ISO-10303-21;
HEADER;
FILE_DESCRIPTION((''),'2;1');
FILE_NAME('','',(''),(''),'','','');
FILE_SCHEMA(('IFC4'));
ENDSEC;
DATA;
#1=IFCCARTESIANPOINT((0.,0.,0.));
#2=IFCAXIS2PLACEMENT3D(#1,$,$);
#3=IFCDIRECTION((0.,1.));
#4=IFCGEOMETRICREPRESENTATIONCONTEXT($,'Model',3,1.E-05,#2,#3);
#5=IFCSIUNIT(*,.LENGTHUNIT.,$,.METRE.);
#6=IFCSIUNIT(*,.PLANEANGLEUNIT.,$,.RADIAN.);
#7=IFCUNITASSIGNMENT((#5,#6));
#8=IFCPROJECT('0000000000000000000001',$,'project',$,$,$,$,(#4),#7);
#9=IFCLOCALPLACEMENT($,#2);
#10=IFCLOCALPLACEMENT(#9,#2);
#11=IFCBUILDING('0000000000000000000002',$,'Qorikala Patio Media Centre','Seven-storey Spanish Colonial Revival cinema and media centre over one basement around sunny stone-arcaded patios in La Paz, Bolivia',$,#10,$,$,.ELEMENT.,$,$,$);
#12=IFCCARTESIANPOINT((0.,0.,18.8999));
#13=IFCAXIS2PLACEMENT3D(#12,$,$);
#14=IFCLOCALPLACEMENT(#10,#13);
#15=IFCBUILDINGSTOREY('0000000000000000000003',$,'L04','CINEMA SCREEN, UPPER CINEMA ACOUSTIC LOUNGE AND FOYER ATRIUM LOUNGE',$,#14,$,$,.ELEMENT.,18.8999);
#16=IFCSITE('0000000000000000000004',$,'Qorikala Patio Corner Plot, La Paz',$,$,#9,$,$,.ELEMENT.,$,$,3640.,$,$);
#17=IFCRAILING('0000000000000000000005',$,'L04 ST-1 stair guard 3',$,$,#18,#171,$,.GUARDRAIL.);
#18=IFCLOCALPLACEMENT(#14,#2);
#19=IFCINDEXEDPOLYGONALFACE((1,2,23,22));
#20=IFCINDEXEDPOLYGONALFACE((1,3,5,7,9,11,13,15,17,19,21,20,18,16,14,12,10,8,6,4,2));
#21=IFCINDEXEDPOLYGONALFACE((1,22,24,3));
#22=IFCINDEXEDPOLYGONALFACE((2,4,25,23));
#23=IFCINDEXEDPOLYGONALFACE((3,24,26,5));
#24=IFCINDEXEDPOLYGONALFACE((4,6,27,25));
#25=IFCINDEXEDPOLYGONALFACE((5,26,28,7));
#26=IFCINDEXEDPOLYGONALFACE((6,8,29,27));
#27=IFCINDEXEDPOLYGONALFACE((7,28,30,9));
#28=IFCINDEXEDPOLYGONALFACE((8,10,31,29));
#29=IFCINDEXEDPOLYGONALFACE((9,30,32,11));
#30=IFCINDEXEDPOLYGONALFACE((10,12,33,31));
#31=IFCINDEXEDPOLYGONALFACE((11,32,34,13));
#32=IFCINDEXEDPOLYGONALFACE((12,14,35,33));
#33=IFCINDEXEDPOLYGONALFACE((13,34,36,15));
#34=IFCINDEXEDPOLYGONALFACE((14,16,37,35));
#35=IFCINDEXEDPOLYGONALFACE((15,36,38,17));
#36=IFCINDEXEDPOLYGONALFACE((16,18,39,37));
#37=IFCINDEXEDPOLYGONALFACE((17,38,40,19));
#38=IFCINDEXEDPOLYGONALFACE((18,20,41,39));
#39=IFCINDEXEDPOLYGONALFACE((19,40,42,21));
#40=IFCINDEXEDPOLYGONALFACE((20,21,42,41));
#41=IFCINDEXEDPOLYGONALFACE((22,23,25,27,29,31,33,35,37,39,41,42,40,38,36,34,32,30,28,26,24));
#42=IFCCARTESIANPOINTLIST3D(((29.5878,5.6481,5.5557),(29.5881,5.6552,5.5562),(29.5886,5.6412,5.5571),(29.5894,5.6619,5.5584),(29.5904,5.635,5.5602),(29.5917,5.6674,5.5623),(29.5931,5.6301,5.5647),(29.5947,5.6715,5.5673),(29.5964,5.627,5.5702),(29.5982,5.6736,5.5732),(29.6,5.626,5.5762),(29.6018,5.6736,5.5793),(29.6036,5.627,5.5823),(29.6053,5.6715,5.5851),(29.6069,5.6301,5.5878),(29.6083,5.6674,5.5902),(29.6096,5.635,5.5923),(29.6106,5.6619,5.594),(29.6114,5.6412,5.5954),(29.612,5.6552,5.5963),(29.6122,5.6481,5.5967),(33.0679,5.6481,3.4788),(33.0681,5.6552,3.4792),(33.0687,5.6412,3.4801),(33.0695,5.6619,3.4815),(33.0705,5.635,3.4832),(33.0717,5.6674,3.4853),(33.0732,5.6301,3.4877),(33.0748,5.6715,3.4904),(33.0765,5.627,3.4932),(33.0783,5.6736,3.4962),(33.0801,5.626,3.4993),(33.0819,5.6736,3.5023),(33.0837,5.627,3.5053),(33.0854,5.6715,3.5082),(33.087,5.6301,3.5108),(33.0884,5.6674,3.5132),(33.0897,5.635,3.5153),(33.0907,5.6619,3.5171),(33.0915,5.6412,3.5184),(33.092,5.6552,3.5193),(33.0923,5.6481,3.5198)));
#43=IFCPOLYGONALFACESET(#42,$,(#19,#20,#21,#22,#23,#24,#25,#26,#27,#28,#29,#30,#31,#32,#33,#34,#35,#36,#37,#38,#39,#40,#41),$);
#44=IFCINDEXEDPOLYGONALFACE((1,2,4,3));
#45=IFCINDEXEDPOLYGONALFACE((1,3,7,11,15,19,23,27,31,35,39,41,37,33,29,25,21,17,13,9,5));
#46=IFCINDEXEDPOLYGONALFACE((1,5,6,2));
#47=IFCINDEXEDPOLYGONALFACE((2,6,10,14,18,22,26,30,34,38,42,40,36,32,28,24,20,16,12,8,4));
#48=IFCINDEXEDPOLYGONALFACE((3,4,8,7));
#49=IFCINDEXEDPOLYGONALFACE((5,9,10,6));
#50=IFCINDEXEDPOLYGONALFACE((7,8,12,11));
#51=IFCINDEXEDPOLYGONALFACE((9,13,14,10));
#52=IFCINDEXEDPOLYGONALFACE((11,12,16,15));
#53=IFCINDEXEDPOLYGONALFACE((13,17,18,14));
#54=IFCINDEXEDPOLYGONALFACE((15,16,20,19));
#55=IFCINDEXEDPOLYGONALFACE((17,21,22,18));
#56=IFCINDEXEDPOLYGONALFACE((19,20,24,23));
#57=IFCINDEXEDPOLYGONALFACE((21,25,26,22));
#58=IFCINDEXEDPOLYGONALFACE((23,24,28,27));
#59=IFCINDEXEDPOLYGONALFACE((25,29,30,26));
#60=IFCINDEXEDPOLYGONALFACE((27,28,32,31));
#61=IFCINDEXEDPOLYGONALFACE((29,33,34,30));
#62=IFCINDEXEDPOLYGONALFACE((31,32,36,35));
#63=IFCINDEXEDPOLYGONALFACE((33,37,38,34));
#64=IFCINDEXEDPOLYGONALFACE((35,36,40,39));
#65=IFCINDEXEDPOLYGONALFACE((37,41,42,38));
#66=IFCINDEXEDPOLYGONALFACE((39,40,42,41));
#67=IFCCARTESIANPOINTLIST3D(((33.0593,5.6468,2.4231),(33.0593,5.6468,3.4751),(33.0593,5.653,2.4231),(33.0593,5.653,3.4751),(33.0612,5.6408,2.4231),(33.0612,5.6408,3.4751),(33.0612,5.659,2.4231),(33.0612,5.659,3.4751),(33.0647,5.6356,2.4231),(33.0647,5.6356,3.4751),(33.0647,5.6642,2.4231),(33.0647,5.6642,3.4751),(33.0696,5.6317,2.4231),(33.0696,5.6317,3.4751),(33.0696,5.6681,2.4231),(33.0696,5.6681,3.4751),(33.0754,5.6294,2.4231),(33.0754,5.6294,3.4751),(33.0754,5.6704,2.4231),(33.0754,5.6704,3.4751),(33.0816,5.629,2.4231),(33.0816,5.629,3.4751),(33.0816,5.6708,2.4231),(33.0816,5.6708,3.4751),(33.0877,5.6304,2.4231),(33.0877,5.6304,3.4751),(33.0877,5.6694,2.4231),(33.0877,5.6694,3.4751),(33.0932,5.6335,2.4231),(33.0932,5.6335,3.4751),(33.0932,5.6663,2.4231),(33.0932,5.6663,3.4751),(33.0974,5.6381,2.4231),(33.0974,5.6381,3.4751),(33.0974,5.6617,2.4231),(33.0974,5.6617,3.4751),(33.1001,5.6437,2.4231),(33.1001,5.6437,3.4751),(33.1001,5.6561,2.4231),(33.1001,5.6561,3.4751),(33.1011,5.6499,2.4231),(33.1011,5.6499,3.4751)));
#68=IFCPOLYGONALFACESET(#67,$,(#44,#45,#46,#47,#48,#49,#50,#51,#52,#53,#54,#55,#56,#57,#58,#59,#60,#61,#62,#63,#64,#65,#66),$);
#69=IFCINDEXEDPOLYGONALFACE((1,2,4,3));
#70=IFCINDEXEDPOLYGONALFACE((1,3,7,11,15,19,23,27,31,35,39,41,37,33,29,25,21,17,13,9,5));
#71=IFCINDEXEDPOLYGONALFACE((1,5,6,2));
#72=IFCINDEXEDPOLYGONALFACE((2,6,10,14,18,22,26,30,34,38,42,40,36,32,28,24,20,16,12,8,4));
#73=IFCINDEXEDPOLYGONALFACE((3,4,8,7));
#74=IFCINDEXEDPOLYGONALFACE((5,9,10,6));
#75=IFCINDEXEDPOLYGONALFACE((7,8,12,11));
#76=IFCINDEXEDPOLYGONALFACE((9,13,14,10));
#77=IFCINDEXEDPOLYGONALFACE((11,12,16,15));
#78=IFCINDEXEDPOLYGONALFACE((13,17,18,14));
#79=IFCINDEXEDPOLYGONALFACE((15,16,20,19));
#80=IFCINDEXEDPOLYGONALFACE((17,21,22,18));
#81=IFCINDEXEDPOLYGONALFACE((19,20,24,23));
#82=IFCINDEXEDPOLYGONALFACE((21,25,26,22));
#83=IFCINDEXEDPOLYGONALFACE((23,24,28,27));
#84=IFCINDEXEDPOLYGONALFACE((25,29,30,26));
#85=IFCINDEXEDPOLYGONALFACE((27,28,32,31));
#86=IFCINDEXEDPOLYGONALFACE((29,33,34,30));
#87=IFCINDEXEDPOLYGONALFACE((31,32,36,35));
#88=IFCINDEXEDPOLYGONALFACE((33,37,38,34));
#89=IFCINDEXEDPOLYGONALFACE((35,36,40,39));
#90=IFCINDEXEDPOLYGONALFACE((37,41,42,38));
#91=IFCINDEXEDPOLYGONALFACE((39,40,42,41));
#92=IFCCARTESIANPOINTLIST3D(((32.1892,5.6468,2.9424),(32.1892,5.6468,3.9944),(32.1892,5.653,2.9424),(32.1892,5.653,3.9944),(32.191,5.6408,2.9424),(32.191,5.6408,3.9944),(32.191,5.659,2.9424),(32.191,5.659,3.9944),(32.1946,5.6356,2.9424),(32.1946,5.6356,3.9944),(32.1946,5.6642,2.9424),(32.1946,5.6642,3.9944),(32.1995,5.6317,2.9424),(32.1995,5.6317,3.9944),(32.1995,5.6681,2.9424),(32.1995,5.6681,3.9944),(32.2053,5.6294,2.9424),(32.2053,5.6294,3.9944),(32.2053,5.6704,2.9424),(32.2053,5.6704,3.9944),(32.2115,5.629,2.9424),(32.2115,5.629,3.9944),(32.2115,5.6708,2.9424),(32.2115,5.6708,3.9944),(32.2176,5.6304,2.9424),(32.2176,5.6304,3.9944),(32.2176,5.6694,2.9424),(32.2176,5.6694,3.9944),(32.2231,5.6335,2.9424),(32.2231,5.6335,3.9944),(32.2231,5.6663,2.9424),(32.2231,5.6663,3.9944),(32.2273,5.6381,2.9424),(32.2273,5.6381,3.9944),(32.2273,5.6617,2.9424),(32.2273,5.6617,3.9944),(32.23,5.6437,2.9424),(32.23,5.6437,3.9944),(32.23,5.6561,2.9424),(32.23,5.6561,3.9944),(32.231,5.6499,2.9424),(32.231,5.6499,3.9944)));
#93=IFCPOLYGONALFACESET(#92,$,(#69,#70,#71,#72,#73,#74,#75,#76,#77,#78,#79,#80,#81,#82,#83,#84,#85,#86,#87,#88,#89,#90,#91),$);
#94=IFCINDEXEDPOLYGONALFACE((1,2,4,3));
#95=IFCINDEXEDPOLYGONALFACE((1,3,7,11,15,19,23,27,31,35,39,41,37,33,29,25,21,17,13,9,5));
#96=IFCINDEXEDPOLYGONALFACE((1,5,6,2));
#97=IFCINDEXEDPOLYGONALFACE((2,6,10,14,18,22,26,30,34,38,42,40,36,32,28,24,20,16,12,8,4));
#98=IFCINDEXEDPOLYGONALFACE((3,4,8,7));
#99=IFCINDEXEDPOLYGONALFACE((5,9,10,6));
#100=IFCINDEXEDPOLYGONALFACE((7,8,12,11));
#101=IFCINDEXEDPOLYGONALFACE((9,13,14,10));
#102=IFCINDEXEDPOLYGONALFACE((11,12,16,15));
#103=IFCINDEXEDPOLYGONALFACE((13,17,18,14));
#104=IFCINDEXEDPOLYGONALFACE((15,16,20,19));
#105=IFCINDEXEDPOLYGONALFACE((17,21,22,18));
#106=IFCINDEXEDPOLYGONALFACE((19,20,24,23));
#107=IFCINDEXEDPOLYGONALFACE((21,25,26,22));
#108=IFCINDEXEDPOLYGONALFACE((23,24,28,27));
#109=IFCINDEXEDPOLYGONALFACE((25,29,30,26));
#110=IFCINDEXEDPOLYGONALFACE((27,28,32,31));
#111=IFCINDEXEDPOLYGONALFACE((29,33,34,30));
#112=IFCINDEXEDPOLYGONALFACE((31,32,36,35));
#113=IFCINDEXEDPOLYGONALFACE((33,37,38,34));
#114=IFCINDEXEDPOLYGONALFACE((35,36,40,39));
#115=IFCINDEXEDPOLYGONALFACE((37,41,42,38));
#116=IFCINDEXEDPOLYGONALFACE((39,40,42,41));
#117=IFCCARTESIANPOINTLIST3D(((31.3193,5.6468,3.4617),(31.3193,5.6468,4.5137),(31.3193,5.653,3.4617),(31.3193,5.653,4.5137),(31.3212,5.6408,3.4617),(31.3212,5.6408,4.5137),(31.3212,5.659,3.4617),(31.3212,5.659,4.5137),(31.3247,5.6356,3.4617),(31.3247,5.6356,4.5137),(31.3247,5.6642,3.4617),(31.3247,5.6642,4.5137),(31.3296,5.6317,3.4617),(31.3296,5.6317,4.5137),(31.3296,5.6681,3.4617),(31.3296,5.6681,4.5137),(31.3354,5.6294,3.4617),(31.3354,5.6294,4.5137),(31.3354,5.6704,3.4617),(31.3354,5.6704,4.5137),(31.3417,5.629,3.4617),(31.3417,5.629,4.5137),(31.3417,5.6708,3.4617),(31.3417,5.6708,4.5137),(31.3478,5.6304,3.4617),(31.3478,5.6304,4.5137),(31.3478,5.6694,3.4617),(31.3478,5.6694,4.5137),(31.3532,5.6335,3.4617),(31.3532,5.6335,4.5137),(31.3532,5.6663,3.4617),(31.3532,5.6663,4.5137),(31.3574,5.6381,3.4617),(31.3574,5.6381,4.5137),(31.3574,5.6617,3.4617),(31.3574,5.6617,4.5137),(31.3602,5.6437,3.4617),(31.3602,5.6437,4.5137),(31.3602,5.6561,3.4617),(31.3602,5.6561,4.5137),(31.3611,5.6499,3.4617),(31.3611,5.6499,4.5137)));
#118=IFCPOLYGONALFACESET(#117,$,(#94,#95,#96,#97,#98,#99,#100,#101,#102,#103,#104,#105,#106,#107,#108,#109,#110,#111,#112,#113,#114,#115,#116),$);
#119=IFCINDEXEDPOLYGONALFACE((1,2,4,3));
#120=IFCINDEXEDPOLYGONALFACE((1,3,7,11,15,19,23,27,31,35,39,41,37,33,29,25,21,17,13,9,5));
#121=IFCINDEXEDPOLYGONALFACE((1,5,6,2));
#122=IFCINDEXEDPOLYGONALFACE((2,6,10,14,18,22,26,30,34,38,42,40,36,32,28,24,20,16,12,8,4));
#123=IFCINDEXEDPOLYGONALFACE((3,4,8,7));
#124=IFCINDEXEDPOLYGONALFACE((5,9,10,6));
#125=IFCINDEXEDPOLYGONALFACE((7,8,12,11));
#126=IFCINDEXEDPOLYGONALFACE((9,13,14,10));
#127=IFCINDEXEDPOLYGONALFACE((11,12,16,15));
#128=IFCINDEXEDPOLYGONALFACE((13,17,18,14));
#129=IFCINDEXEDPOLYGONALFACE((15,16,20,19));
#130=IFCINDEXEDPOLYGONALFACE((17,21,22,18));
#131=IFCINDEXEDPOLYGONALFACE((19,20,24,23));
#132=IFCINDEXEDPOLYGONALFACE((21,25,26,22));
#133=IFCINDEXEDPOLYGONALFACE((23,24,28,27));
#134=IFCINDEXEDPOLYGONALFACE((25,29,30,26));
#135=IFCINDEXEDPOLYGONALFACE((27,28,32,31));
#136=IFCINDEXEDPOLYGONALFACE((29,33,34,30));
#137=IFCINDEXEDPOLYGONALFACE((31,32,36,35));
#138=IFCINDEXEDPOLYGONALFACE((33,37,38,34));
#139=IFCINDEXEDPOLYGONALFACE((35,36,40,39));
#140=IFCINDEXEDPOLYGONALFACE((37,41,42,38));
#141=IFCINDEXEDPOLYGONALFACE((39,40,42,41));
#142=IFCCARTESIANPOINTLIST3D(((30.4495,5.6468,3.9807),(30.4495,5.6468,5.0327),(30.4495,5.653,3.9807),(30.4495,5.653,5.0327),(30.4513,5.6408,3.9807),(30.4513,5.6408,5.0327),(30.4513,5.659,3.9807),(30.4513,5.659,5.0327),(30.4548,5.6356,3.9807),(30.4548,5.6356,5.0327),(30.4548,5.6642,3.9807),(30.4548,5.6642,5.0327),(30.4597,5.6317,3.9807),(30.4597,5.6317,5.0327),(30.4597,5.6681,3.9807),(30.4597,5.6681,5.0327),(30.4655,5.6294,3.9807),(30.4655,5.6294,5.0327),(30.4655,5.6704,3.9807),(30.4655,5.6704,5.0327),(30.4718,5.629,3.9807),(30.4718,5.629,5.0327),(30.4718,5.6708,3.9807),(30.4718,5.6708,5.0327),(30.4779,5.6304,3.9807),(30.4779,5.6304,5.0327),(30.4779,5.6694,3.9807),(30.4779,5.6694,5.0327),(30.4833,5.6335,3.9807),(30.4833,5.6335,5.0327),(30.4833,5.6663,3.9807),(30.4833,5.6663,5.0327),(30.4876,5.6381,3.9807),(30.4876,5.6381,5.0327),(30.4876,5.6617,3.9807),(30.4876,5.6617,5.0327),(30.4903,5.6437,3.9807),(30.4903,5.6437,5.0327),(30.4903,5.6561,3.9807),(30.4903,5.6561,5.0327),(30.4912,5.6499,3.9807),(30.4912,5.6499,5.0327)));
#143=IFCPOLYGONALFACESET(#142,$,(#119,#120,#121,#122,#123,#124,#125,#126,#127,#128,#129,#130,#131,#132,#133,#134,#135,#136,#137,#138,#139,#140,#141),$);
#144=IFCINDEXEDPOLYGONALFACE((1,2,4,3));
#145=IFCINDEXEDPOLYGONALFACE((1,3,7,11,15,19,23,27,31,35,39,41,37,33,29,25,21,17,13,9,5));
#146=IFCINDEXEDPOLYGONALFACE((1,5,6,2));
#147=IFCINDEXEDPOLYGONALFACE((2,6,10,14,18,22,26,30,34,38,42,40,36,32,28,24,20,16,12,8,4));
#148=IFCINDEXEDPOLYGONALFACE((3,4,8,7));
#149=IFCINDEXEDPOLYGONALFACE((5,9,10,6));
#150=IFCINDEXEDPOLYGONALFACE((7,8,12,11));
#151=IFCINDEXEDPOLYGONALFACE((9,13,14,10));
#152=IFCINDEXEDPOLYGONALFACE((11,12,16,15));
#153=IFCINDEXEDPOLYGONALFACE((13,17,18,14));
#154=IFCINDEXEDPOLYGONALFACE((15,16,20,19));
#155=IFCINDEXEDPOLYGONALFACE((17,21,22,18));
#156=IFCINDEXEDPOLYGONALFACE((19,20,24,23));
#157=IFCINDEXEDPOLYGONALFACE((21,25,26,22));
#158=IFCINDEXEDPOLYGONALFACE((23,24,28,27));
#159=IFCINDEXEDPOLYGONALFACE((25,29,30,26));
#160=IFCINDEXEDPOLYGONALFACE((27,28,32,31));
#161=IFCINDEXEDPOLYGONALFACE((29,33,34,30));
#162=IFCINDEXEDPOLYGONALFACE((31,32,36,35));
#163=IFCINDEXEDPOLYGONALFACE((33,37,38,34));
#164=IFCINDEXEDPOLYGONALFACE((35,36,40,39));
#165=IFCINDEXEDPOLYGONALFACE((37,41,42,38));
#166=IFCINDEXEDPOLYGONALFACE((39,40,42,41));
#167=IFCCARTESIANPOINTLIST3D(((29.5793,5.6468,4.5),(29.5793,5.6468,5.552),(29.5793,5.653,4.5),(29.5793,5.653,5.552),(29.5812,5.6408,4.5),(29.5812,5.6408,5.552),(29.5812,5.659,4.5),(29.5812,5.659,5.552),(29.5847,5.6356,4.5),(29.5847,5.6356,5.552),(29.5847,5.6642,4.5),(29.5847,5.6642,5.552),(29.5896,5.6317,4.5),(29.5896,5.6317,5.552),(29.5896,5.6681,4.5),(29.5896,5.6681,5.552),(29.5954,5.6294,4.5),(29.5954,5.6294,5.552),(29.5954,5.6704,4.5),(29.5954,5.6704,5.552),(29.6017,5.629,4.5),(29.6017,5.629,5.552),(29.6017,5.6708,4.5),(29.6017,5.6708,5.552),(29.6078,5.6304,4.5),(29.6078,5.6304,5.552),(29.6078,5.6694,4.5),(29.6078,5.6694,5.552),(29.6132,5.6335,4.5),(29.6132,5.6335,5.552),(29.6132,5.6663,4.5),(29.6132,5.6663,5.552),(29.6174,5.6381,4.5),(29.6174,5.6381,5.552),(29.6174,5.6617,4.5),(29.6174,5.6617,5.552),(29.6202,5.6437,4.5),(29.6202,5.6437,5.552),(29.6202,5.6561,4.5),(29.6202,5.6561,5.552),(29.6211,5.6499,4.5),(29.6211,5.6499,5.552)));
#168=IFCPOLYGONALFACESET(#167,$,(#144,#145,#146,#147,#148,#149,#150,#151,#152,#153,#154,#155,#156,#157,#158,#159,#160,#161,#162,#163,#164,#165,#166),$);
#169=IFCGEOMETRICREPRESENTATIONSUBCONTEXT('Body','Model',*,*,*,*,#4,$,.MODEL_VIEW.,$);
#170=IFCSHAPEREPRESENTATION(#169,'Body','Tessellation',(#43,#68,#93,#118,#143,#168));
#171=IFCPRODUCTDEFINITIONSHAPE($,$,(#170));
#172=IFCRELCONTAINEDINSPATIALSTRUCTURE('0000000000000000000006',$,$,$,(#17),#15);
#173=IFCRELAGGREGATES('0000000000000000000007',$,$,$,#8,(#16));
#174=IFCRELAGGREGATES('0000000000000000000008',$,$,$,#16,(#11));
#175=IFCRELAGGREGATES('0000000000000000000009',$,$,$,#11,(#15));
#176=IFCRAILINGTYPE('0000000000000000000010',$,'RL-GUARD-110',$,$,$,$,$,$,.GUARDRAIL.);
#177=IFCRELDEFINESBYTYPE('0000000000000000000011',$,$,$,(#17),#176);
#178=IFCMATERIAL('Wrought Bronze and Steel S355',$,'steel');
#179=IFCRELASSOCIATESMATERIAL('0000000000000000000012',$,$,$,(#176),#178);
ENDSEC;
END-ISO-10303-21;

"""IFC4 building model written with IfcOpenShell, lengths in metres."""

from ifc_helpers import new_model, si_unit, direction, frame, origin, origin_2d, place, context, subcontext, project, spatial, circle, extrude, material, type_object, element, save


model = new_model("IFC4")

# Units and contexts
model_context = context("Model", 3, precision=1e-05, world=origin(), true_north=direction((0.0, 1.0)))
body_context = subcontext(model_context, "Body", "Model", "MODEL_VIEW")
ifc_project = project(units=[si_unit("LENGTHUNIT", "METRE"), si_unit("PLANEANGLEUNIT", "RADIAN")], contexts=[model_context])

# Site, building, storey
site_placement = place(None, origin())
site = spatial("IfcSite", under=ifc_project, at=site_placement, Name="Qorikala Patio Corner Plot, La Paz", CompositionType="ELEMENT", RefElevation=3640.0)
building_placement = place(site_placement, origin())
building = spatial("IfcBuilding", under=site, at=building_placement, Name="Qorikala Patio Media Centre", Description="Seven-storey Spanish Colonial Revival cinema and media centre over one basement around sunny stone-arcaded patios in La Paz, Bolivia", CompositionType="ELEMENT")
storey_placement = place(building_placement, frame((0.0, 0.0, 18.8999)))
storey = spatial("IfcBuildingStorey", under=building, at=storey_placement, Name="L04", Description="CINEMA SCREEN, UPPER CINEMA ACOUSTIC LOUNGE AND FOYER ATRIUM LOUNGE", CompositionType="ELEMENT", Elevation=18.8999)

# Railing
ifc_material_1 = material(Name="Wrought Bronze and Steel S355", Category="steel")
railing_type_1 = type_object("IfcRailingType", Name="RL-GUARD-110", PredefinedType="GUARDRAIL", material=ifc_material_1)
railing_1_placement = place(storey_placement, frame((33.0801, 5.6499, 2.4231)))
element("IfcRailing", 1, at=railing_1_placement, inside=storey, type_object=railing_type_1, Name="L04 ST-1 stair guard 3", PredefinedType="GUARDRAIL", context=body_context, shape_type="SweptSolid", body=[
    extrude(circle(Radius=0.0239, at=origin_2d()), frame((0.0, 0.0, 1.0762), z_axis=(-0.858697, 0.0, 0.512483), x_axis=(0.0, -1.0, 0.0)), (0.0, 0.0, 1.0), 4.0527),
    extrude(circle(Radius=0.021, at=origin_2d()), origin(), (0.0, 0.0, 1.0), 1.052),
    extrude(circle(Radius=0.021, at=origin_2d()), frame((-0.8701, 0.0, 0.5193)), (0.0, 0.0, 1.0), 1.052),
    extrude(circle(Radius=0.021, at=origin_2d()), frame((-1.74, 0.0, 1.0386)), (0.0, 0.0, 1.0), 1.052),
    extrude(circle(Radius=0.021, at=origin_2d()), frame((-2.6099, 0.0, 1.5576)), (0.0, 0.0, 1.0), 1.052),
    extrude(circle(Radius=0.021, at=origin_2d()), frame((-3.48, 0.0, 2.0769)), (0.0, 0.0, 1.0), 1.052),
])

save(model, "model.ifc")
